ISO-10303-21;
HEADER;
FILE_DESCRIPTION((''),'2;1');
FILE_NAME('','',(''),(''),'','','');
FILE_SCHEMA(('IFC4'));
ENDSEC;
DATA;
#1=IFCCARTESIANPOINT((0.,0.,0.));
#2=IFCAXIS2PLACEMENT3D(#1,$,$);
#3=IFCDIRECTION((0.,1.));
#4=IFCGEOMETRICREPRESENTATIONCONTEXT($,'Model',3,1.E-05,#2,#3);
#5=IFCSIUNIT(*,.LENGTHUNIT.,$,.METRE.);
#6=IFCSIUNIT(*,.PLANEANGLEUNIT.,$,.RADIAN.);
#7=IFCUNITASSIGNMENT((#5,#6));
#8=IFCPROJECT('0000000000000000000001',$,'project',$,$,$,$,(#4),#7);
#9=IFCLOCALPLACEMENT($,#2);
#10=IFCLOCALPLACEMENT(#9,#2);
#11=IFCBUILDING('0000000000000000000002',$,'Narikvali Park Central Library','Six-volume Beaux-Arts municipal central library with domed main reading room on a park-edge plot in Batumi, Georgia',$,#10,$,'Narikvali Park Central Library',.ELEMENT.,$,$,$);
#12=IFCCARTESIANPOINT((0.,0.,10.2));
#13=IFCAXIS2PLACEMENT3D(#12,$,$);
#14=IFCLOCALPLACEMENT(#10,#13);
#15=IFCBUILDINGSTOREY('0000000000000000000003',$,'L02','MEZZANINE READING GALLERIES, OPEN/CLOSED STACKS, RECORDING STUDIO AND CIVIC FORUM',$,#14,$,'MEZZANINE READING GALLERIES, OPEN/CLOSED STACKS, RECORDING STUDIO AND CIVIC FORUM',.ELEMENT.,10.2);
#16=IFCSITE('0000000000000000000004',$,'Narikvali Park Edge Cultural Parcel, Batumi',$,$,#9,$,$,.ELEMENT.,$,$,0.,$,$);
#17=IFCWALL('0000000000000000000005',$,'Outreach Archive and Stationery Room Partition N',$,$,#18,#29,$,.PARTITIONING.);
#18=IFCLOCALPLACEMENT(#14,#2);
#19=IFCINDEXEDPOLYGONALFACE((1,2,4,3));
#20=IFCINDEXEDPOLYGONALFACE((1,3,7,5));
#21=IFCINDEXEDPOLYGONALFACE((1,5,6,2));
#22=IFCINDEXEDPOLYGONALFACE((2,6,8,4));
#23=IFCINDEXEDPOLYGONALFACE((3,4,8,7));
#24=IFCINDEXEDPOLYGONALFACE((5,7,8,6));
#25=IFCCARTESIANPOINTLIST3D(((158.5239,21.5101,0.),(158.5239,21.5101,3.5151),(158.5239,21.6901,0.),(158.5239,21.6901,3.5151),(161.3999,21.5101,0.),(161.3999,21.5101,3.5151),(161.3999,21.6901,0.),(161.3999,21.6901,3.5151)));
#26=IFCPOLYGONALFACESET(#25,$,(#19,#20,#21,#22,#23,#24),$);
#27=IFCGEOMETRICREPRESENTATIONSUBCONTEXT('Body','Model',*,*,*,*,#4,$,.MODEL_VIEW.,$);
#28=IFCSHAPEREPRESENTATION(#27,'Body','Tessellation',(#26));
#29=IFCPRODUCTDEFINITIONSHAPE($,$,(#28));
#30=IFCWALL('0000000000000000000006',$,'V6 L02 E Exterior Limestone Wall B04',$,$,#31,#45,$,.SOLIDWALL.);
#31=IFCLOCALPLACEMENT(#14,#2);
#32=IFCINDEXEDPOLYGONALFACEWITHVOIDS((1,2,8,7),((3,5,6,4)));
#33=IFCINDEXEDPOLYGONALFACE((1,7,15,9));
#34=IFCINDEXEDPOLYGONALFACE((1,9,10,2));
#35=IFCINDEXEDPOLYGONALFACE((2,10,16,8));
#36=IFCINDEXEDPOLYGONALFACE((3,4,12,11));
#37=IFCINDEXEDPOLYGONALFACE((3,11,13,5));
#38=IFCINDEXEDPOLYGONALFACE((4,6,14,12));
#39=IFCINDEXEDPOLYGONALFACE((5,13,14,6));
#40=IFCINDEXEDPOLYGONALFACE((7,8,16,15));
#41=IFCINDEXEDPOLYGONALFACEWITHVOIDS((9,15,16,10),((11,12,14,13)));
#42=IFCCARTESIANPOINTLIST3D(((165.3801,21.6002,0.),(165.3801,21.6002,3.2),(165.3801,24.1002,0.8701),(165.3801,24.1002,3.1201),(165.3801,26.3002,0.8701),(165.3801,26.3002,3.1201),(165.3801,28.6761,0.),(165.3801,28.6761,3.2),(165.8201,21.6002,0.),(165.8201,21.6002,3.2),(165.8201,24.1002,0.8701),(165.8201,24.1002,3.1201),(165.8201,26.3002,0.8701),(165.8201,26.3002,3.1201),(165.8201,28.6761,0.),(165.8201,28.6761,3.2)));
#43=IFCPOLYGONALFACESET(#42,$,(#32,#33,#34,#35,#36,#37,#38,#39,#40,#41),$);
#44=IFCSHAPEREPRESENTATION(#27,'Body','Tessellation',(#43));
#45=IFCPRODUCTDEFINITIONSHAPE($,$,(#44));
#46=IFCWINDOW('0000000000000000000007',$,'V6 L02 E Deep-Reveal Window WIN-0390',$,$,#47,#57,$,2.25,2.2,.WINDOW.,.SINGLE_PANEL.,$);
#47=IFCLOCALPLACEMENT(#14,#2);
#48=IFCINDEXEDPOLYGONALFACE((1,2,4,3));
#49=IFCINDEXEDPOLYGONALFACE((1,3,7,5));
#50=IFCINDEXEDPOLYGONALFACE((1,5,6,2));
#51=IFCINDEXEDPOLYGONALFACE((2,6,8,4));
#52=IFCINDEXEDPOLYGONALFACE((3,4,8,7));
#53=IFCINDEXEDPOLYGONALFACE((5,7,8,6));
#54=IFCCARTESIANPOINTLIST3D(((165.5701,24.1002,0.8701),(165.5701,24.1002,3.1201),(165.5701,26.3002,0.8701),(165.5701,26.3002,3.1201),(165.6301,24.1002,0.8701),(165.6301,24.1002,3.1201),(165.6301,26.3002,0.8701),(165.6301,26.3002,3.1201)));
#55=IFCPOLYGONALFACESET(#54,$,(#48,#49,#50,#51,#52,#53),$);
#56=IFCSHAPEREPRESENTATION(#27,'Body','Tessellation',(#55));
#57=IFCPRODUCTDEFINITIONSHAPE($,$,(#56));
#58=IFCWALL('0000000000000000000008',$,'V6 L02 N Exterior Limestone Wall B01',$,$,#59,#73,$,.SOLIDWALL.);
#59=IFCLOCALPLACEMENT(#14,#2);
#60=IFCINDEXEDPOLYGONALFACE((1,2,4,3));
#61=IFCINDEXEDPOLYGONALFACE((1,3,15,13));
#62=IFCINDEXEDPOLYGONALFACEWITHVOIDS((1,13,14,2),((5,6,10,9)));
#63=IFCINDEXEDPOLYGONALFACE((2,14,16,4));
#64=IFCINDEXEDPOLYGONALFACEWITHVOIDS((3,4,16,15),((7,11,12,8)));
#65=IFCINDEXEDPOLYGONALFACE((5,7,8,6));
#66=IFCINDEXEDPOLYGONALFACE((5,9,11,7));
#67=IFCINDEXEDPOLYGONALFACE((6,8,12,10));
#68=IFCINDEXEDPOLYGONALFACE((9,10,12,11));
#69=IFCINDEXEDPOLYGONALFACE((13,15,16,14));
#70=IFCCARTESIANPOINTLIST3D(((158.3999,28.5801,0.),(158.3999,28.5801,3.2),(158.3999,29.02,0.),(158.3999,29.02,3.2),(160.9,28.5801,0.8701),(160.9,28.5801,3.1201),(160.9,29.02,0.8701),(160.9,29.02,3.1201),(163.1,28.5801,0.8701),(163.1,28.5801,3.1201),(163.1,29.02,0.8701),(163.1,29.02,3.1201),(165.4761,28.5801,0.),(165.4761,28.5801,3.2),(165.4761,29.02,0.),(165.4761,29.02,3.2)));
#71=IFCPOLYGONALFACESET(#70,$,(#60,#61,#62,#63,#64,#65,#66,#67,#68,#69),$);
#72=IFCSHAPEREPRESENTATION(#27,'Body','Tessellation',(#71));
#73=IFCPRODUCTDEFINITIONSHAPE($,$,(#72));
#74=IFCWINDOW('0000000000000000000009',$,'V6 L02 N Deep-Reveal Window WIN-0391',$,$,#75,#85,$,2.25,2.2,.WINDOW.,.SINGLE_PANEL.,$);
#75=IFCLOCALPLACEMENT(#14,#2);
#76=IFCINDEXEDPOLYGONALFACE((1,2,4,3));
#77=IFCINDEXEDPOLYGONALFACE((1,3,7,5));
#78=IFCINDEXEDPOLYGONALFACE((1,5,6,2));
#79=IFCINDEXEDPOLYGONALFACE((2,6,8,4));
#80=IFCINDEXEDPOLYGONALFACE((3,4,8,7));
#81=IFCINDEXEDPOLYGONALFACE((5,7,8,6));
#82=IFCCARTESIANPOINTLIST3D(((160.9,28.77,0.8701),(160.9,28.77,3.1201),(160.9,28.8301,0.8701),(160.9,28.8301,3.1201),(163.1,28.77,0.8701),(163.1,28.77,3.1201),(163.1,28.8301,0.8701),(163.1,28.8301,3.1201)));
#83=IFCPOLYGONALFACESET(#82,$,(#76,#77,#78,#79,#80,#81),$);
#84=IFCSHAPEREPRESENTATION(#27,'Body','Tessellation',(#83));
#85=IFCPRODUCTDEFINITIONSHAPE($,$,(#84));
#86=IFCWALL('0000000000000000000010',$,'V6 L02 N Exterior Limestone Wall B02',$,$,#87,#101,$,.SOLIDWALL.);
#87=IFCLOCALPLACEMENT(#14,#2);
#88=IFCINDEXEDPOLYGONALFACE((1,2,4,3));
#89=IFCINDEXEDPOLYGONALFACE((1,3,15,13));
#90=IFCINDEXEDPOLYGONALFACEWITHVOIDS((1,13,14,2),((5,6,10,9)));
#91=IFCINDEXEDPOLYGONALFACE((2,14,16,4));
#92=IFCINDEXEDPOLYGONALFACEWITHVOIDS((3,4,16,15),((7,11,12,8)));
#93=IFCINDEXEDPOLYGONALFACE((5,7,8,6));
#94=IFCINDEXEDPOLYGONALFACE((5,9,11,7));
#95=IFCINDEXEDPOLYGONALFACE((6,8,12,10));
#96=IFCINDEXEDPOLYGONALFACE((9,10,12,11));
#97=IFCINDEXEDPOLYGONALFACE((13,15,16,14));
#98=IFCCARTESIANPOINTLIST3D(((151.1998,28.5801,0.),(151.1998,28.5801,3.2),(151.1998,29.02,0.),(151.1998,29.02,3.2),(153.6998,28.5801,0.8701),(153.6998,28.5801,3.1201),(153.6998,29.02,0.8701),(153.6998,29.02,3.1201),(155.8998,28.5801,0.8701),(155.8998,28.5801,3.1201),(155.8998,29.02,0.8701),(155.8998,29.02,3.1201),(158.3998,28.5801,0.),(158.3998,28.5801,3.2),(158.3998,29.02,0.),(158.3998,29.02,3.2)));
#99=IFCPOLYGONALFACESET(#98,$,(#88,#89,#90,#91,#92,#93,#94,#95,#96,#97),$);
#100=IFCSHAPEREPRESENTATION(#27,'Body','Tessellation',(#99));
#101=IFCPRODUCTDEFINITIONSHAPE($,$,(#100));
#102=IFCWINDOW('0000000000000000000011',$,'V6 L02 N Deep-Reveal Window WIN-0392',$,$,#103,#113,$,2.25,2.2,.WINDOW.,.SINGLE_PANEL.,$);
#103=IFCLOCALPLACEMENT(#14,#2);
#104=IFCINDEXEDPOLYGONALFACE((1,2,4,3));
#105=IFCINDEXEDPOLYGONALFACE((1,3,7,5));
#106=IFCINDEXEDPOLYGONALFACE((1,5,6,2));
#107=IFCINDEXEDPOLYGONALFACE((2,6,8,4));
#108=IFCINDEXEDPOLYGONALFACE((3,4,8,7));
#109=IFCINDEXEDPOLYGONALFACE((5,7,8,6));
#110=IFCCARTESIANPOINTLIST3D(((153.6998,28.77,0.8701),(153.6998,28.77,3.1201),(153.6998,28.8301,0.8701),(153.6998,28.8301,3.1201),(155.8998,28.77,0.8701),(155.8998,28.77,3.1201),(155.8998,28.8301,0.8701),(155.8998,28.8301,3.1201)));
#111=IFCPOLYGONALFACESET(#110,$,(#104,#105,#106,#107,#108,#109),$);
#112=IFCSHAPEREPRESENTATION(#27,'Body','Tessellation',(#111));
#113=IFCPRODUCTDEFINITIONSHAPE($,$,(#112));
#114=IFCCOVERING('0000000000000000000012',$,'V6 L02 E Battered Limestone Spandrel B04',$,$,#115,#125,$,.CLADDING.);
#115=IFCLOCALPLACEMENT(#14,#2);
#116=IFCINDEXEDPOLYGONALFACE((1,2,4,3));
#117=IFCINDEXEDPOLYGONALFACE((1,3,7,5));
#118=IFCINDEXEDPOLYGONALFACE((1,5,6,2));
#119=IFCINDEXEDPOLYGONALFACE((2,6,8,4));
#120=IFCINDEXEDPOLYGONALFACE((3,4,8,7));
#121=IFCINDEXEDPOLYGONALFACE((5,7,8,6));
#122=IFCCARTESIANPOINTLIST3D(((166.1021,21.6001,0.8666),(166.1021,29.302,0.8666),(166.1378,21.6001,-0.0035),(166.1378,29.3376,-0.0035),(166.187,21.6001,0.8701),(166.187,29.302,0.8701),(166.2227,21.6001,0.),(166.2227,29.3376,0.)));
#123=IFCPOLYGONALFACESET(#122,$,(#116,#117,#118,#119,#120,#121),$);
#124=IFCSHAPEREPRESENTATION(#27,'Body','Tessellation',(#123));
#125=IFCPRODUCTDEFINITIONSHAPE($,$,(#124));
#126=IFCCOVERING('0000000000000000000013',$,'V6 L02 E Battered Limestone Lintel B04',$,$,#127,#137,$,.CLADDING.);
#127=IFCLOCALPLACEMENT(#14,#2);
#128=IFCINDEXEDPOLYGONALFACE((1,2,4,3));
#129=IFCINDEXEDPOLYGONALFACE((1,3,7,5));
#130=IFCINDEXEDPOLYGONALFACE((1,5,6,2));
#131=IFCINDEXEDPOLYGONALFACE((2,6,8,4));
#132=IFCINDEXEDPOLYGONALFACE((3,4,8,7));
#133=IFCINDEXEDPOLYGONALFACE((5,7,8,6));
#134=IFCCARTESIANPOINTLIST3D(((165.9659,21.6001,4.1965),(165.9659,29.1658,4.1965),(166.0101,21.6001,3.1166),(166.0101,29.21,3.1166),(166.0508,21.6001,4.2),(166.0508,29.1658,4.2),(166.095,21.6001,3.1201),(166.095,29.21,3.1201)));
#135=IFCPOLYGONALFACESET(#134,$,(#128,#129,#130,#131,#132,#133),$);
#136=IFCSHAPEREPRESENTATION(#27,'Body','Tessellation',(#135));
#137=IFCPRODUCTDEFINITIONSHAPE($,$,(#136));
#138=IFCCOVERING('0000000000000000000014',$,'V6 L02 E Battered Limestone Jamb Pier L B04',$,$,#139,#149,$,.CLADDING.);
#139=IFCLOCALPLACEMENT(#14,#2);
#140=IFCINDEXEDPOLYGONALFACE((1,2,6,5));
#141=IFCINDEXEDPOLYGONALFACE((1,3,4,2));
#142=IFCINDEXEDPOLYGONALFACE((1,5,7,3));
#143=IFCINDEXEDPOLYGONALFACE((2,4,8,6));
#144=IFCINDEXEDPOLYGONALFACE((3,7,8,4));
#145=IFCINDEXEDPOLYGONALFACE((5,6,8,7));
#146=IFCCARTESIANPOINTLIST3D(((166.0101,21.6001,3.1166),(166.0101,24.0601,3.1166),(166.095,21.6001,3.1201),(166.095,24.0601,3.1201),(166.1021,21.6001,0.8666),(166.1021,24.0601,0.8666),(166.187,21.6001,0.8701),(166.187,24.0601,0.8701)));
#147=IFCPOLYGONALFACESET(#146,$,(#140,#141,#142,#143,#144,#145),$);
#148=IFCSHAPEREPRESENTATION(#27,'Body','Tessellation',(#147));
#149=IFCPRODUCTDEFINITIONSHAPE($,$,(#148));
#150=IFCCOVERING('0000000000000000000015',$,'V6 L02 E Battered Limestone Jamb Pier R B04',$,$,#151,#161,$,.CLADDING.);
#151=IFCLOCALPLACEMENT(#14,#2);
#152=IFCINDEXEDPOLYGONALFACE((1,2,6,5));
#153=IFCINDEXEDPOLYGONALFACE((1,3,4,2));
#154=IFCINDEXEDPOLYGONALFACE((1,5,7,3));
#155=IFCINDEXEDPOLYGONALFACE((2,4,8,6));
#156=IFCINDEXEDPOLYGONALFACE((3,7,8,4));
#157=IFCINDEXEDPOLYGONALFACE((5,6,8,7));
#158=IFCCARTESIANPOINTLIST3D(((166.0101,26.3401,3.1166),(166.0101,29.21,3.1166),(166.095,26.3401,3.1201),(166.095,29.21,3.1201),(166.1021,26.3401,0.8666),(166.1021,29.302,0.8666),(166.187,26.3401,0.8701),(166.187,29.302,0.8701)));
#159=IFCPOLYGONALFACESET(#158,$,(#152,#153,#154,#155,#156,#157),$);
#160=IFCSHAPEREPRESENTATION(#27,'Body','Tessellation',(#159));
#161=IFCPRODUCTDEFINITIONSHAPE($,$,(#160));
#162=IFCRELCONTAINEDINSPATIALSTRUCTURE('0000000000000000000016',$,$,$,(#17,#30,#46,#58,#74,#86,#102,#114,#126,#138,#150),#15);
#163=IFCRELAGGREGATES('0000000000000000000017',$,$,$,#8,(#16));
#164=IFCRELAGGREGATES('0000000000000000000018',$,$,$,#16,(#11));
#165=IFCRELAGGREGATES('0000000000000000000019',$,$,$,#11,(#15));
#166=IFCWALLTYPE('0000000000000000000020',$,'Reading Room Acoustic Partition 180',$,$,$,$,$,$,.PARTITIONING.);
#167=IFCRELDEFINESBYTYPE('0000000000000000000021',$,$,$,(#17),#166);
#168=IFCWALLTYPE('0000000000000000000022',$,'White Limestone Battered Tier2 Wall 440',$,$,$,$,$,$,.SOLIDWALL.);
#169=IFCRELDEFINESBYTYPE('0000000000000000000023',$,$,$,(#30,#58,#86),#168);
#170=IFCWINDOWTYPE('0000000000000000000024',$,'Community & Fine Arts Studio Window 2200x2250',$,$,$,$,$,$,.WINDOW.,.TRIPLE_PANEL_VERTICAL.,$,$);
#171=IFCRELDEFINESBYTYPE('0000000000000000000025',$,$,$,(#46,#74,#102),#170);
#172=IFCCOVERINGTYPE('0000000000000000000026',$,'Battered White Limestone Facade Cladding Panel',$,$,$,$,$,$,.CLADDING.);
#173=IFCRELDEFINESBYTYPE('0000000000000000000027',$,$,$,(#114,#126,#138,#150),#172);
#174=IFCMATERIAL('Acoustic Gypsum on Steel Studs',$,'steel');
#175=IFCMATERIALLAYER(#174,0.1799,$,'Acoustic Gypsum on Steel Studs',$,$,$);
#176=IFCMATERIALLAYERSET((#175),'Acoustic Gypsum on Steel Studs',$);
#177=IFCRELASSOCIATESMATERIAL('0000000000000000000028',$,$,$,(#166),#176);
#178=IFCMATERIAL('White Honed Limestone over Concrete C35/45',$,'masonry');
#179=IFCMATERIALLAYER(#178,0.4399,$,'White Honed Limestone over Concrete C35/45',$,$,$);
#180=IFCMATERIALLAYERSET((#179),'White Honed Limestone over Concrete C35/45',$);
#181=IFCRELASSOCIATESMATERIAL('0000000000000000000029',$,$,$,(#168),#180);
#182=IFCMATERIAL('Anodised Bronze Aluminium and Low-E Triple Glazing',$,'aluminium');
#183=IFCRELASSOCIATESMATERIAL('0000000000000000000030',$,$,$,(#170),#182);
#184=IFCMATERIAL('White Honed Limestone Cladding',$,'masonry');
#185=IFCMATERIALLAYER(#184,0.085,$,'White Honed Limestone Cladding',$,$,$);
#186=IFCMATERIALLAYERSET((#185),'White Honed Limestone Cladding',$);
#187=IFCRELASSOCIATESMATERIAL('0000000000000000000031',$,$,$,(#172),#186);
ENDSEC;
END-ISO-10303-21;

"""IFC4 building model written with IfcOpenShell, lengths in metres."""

from ifc_helpers import new_model, si_unit, direction, frame, frame_2d, origin, place, context, subcontext, project, spatial, polyline, rectangle, outline, extrude, material, layer, layer_set, type_object, element, fill, save


model = new_model("IFC4")

# Units and contexts
model_context = context("Model", 3, precision=1e-05, world=origin(), true_north=direction((0.0, 1.0)))
body_context = subcontext(model_context, "Body", "Model", "MODEL_VIEW")
ifc_project = project(units=[si_unit("LENGTHUNIT", "METRE"), si_unit("PLANEANGLEUNIT", "RADIAN")], contexts=[model_context])

# Site, building, storey
site_placement = place(None, origin())
site = spatial("IfcSite", under=ifc_project, at=site_placement, Name="Narikvali Park Edge Cultural Parcel, Batumi", CompositionType="ELEMENT", RefElevation=0.0)
building_placement = place(site_placement, origin())
building = spatial("IfcBuilding", under=site, at=building_placement, Name="Narikvali Park Central Library", Description="Six-volume Beaux-Arts municipal central library with domed main reading room on a park-edge plot in Batumi, Georgia", LongName="Narikvali Park Central Library", CompositionType="ELEMENT")
storey_placement = place(building_placement, frame((0.0, 0.0, 10.2)))
storey = spatial("IfcBuildingStorey", under=building, at=storey_placement, Name="L02", Description="MEZZANINE READING GALLERIES, OPEN/CLOSED STACKS, RECORDING STUDIO AND CIVIC FORUM", LongName="MEZZANINE READING GALLERIES, OPEN/CLOSED STACKS, RECORDING STUDIO AND CIVIC FORUM", CompositionType="ELEMENT", Elevation=10.2)

# Wall
ifc_material_1 = material(Name="Acoustic Gypsum on Steel Studs", Category="steel")
ifc_layer_1 = layer(ifc_material_1, 0.1799, Name="Acoustic Gypsum on Steel Studs")
ifc_layer_set_1 = layer_set([ifc_layer_1], Name="Acoustic Gypsum on Steel Studs")
wall_type_1 = type_object("IfcWallType", Name="Reading Room Acoustic Partition 180", PredefinedType="PARTITIONING", material=ifc_layer_set_1)
wall_1_placement = place(storey_placement, frame((158.5239, 21.6001, 0.0), z_axis=(0.0, 0.0, 1.0), x_axis=(1.0, 0.0, 0.0)))
element("IfcWall", 1, at=wall_1_placement, inside=storey, type_object=wall_type_1, Name="Outreach Archive and Stationery Room Partition N", PredefinedType="PARTITIONING", context=body_context, shape_type="SweptSolid", body=[
    extrude(rectangle(XDim=2.876, YDim=0.1799, at=frame_2d((1.438, 0.0))), origin(), (0.0, 0.0, 1.0), 3.5151),
])

# Walls, openings, windows
ifc_material_2 = material(Name="White Honed Limestone over Concrete C35/45", Category="masonry")
ifc_layer_2 = layer(ifc_material_2, 0.4399, Name="White Honed Limestone over Concrete C35/45")
ifc_layer_set_2 = layer_set([ifc_layer_2], Name="White Honed Limestone over Concrete C35/45")
wall_type_2 = type_object("IfcWallType", Name="White Limestone Battered Tier2 Wall 440", PredefinedType="SOLIDWALL", material=ifc_layer_set_2)
wall_2_placement = place(storey_placement, frame((165.6001, 21.6001, 0.0), z_axis=(0.0, 0.0, 1.0), x_axis=(0.0, 1.0, 0.0)))
wall_2 = element("IfcWall", 2, at=wall_2_placement, inside=storey, type_object=wall_type_2, Name="V6 L02 E Exterior Limestone Wall B04", PredefinedType="SOLIDWALL", context=body_context, shape_type="SweptSolid", body=[
    extrude(rectangle(XDim=7.0759, YDim=0.4399, at=frame_2d((3.5381, 0.0))), origin(), (0.0, 0.0, 1.0), 3.2),
])
opening_1_placement = place(wall_2_placement, frame((2.5, 0.0, 0.8701)))
opening_1 = element("IfcOpeningElement", 3, at=opening_1_placement, cuts=wall_2, PredefinedType="OPENING", context=body_context, shape_type="SweptSolid", body=[
    extrude(rectangle(XDim=2.2, YDim=2.25, at=frame_2d((1.1001, 1.125))), frame((0.0, 0.2319, 0.0), z_axis=(0.0, -1.0, 0.0), x_axis=(1.0, 0.0, 0.0)), (0.0, 0.0, 1.0), 0.4639),
])
ifc_material_3 = material(Name="Anodised Bronze Aluminium and Low-E Triple Glazing", Category="aluminium")
window_type = type_object("IfcWindowType", Name="Community & Fine Arts Studio Window 2200x2250", PartitioningType="TRIPLE_PANEL_VERTICAL", PredefinedType="WINDOW", material=ifc_material_3)
window_1_placement = place(opening_1_placement, origin())
window_1 = element("IfcWindow", 4, at=window_1_placement, inside=storey, type_object=window_type, Name="V6 L02 E Deep-Reveal Window WIN-0390", OverallHeight=2.25, OverallWidth=2.2, PartitioningType="SINGLE_PANEL", PredefinedType="WINDOW", context=body_context, shape_type="SweptSolid", body=[
    extrude(rectangle(XDim=2.2, YDim=2.25, at=frame_2d((1.1001, 1.125))), frame((0.0, 0.03, 0.0), z_axis=(0.0, -1.0, 0.0), x_axis=(1.0, 0.0, 0.0)), (0.0, 0.0, 1.0), 0.0601),
])
fill(opening_1, window_1)
wall_3_placement = place(storey_placement, frame((165.4761, 28.8, 0.0), z_axis=(0.0, 0.0, 1.0), x_axis=(-1.0, 0.0, 0.0)))
wall_3 = element("IfcWall", 5, at=wall_3_placement, inside=storey, type_object=wall_type_2, Name="V6 L02 N Exterior Limestone Wall B01", PredefinedType="SOLIDWALL", context=body_context, shape_type="SweptSolid", body=[
    extrude(rectangle(XDim=7.0762, YDim=0.4399, at=frame_2d((3.5381, 0.0))), origin(), (0.0, 0.0, 1.0), 3.2),
])
opening_2_placement = place(wall_3_placement, frame((2.376, 0.0, 0.8701)))
opening_2 = element("IfcOpeningElement", 6, at=opening_2_placement, cuts=wall_3, PredefinedType="OPENING", context=body_context, shape_type="SweptSolid", body=[
    extrude(rectangle(XDim=2.2, YDim=2.25, at=frame_2d((1.1001, 1.125))), frame((0.0, 0.2319, 0.0), z_axis=(0.0, -1.0, 0.0), x_axis=(1.0, 0.0, 0.0)), (0.0, 0.0, 1.0), 0.4639),
])
window_2_placement = place(opening_2_placement, origin())
window_2 = element("IfcWindow", 7, at=window_2_placement, inside=storey, type_object=window_type, Name="V6 L02 N Deep-Reveal Window WIN-0391", OverallHeight=2.25, OverallWidth=2.2, PartitioningType="SINGLE_PANEL", PredefinedType="WINDOW", context=body_context, shape_type="SweptSolid", body=[
    extrude(rectangle(XDim=2.2, YDim=2.25, at=frame_2d((1.1001, 1.125))), frame((0.0, 0.03, 0.0), z_axis=(0.0, -1.0, 0.0), x_axis=(1.0, 0.0, 0.0)), (0.0, 0.0, 1.0), 0.0601),
])
fill(opening_2, window_2)
wall_4_placement = place(storey_placement, frame((158.3999, 28.8, 0.0), z_axis=(0.0, 0.0, 1.0), x_axis=(-1.0, 0.0, 0.0)))
wall_4 = element("IfcWall", 8, at=wall_4_placement, inside=storey, type_object=wall_type_2, Name="V6 L02 N Exterior Limestone Wall B02", PredefinedType="SOLIDWALL", context=body_context, shape_type="SweptSolid", body=[
    extrude(rectangle(XDim=7.2, YDim=0.4399, at=frame_2d((3.6001, 0.0))), origin(), (0.0, 0.0, 1.0), 3.2),
])
opening_3_placement = place(wall_4_placement, frame((2.5, 0.0, 0.8701)))
opening_3 = element("IfcOpeningElement", 9, at=opening_3_placement, cuts=wall_4, PredefinedType="OPENING", context=body_context, shape_type="SweptSolid", body=[
    extrude(rectangle(XDim=2.2, YDim=2.25, at=frame_2d((1.1001, 1.125))), frame((0.0, 0.2319, 0.0), z_axis=(0.0, -1.0, 0.0), x_axis=(1.0, 0.0, 0.0)), (0.0, 0.0, 1.0), 0.4639),
])
window_3_placement = place(opening_3_placement, origin())
window_3 = element("IfcWindow", 10, at=window_3_placement, inside=storey, type_object=window_type, Name="V6 L02 N Deep-Reveal Window WIN-0392", OverallHeight=2.25, OverallWidth=2.2, PartitioningType="SINGLE_PANEL", PredefinedType="WINDOW", context=body_context, shape_type="SweptSolid", body=[
    extrude(rectangle(XDim=2.2, YDim=2.25, at=frame_2d((1.1001, 1.125))), frame((0.0, 0.03, 0.0), z_axis=(0.0, -1.0, 0.0), x_axis=(1.0, 0.0, 0.0)), (0.0, 0.0, 1.0), 0.0601),
])
fill(opening_3, window_3)

# Coverings
ifc_material_4 = material(Name="White Honed Limestone Cladding", Category="masonry")
ifc_layer_3 = layer(ifc_material_4, 0.085, Name="White Honed Limestone Cladding")
ifc_layer_set_3 = layer_set([ifc_layer_3], Name="White Honed Limestone Cladding")
covering_type = type_object("IfcCoveringType", Name="Battered White Limestone Facade Cladding Panel", PredefinedType="CLADDING", material=ifc_layer_set_3)
covering_1_placement = place(storey_placement, frame((166.2227, 21.6001, 0.0), z_axis=(0.999162, 0.0, 0.040931), x_axis=(0.0, 1.0, 0.0)))
element("IfcCovering", 11, at=covering_1_placement, inside=storey, type_object=covering_type, Name="V6 L02 E Battered Limestone Spandrel B04", PredefinedType="CLADDING", context=body_context, shape_type="SweptSolid", body=[
    extrude(outline(polyline([(0.0, 0.0), (7.7375, 0.0), (7.7019, 0.8708), (0.0, 0.8708), (0.0, 0.0)])), origin(), (0.0, 0.0, -1.0), 0.085),
])
covering_2_placement = place(storey_placement, frame((166.095, 21.6001, 3.1201), z_axis=(0.999164, 0.0, 0.040888), x_axis=(0.0, 1.0, 0.0)))
element("IfcCovering", 12, at=covering_2_placement, inside=storey, type_object=covering_type, Name="V6 L02 E Battered Limestone Lintel B04", PredefinedType="CLADDING", context=body_context, shape_type="SweptSolid", body=[
    extrude(outline(polyline([(0.0, 0.0), (7.6099, 0.0), (7.5657, 1.0807), (0.0, 1.0807), (0.0, 0.0)])), origin(), (0.0, 0.0, -1.0), 0.085),
])
covering_3_placement = place(storey_placement, frame((166.187, 21.6001, 0.8701), z_axis=(0.999164, 0.0, 0.040873), x_axis=(0.0, 1.0, 0.0)))
element("IfcCovering", 13, at=covering_3_placement, inside=storey, type_object=covering_type, Name="V6 L02 E Battered Limestone Jamb Pier L B04", PredefinedType="CLADDING", context=body_context, shape_type="SweptSolid", body=[
    extrude(outline(polyline([(0.0, 0.0), (2.46, 0.0), (2.46, 2.2519), (0.0, 2.2519), (0.0, 0.0)])), origin(), (0.0, 0.0, -1.0), 0.085),
])
covering_4_placement = place(storey_placement, frame((166.187, 26.3401, 0.8701), z_axis=(0.999164, 0.0, 0.040873), x_axis=(0.0, 1.0, 0.0)))
element("IfcCovering", 14, at=covering_4_placement, inside=storey, type_object=covering_type, Name="V6 L02 E Battered Limestone Jamb Pier R B04", PredefinedType="CLADDING", context=body_context, shape_type="SweptSolid", body=[
    extrude(outline(polyline([(0.0, 0.0), (2.9619, 0.0), (2.8699, 2.2519), (0.0, 2.2519), (0.0, 0.0)])), origin(), (0.0, 0.0, -1.0), 0.085),
])

save(model, "model.ifc")
